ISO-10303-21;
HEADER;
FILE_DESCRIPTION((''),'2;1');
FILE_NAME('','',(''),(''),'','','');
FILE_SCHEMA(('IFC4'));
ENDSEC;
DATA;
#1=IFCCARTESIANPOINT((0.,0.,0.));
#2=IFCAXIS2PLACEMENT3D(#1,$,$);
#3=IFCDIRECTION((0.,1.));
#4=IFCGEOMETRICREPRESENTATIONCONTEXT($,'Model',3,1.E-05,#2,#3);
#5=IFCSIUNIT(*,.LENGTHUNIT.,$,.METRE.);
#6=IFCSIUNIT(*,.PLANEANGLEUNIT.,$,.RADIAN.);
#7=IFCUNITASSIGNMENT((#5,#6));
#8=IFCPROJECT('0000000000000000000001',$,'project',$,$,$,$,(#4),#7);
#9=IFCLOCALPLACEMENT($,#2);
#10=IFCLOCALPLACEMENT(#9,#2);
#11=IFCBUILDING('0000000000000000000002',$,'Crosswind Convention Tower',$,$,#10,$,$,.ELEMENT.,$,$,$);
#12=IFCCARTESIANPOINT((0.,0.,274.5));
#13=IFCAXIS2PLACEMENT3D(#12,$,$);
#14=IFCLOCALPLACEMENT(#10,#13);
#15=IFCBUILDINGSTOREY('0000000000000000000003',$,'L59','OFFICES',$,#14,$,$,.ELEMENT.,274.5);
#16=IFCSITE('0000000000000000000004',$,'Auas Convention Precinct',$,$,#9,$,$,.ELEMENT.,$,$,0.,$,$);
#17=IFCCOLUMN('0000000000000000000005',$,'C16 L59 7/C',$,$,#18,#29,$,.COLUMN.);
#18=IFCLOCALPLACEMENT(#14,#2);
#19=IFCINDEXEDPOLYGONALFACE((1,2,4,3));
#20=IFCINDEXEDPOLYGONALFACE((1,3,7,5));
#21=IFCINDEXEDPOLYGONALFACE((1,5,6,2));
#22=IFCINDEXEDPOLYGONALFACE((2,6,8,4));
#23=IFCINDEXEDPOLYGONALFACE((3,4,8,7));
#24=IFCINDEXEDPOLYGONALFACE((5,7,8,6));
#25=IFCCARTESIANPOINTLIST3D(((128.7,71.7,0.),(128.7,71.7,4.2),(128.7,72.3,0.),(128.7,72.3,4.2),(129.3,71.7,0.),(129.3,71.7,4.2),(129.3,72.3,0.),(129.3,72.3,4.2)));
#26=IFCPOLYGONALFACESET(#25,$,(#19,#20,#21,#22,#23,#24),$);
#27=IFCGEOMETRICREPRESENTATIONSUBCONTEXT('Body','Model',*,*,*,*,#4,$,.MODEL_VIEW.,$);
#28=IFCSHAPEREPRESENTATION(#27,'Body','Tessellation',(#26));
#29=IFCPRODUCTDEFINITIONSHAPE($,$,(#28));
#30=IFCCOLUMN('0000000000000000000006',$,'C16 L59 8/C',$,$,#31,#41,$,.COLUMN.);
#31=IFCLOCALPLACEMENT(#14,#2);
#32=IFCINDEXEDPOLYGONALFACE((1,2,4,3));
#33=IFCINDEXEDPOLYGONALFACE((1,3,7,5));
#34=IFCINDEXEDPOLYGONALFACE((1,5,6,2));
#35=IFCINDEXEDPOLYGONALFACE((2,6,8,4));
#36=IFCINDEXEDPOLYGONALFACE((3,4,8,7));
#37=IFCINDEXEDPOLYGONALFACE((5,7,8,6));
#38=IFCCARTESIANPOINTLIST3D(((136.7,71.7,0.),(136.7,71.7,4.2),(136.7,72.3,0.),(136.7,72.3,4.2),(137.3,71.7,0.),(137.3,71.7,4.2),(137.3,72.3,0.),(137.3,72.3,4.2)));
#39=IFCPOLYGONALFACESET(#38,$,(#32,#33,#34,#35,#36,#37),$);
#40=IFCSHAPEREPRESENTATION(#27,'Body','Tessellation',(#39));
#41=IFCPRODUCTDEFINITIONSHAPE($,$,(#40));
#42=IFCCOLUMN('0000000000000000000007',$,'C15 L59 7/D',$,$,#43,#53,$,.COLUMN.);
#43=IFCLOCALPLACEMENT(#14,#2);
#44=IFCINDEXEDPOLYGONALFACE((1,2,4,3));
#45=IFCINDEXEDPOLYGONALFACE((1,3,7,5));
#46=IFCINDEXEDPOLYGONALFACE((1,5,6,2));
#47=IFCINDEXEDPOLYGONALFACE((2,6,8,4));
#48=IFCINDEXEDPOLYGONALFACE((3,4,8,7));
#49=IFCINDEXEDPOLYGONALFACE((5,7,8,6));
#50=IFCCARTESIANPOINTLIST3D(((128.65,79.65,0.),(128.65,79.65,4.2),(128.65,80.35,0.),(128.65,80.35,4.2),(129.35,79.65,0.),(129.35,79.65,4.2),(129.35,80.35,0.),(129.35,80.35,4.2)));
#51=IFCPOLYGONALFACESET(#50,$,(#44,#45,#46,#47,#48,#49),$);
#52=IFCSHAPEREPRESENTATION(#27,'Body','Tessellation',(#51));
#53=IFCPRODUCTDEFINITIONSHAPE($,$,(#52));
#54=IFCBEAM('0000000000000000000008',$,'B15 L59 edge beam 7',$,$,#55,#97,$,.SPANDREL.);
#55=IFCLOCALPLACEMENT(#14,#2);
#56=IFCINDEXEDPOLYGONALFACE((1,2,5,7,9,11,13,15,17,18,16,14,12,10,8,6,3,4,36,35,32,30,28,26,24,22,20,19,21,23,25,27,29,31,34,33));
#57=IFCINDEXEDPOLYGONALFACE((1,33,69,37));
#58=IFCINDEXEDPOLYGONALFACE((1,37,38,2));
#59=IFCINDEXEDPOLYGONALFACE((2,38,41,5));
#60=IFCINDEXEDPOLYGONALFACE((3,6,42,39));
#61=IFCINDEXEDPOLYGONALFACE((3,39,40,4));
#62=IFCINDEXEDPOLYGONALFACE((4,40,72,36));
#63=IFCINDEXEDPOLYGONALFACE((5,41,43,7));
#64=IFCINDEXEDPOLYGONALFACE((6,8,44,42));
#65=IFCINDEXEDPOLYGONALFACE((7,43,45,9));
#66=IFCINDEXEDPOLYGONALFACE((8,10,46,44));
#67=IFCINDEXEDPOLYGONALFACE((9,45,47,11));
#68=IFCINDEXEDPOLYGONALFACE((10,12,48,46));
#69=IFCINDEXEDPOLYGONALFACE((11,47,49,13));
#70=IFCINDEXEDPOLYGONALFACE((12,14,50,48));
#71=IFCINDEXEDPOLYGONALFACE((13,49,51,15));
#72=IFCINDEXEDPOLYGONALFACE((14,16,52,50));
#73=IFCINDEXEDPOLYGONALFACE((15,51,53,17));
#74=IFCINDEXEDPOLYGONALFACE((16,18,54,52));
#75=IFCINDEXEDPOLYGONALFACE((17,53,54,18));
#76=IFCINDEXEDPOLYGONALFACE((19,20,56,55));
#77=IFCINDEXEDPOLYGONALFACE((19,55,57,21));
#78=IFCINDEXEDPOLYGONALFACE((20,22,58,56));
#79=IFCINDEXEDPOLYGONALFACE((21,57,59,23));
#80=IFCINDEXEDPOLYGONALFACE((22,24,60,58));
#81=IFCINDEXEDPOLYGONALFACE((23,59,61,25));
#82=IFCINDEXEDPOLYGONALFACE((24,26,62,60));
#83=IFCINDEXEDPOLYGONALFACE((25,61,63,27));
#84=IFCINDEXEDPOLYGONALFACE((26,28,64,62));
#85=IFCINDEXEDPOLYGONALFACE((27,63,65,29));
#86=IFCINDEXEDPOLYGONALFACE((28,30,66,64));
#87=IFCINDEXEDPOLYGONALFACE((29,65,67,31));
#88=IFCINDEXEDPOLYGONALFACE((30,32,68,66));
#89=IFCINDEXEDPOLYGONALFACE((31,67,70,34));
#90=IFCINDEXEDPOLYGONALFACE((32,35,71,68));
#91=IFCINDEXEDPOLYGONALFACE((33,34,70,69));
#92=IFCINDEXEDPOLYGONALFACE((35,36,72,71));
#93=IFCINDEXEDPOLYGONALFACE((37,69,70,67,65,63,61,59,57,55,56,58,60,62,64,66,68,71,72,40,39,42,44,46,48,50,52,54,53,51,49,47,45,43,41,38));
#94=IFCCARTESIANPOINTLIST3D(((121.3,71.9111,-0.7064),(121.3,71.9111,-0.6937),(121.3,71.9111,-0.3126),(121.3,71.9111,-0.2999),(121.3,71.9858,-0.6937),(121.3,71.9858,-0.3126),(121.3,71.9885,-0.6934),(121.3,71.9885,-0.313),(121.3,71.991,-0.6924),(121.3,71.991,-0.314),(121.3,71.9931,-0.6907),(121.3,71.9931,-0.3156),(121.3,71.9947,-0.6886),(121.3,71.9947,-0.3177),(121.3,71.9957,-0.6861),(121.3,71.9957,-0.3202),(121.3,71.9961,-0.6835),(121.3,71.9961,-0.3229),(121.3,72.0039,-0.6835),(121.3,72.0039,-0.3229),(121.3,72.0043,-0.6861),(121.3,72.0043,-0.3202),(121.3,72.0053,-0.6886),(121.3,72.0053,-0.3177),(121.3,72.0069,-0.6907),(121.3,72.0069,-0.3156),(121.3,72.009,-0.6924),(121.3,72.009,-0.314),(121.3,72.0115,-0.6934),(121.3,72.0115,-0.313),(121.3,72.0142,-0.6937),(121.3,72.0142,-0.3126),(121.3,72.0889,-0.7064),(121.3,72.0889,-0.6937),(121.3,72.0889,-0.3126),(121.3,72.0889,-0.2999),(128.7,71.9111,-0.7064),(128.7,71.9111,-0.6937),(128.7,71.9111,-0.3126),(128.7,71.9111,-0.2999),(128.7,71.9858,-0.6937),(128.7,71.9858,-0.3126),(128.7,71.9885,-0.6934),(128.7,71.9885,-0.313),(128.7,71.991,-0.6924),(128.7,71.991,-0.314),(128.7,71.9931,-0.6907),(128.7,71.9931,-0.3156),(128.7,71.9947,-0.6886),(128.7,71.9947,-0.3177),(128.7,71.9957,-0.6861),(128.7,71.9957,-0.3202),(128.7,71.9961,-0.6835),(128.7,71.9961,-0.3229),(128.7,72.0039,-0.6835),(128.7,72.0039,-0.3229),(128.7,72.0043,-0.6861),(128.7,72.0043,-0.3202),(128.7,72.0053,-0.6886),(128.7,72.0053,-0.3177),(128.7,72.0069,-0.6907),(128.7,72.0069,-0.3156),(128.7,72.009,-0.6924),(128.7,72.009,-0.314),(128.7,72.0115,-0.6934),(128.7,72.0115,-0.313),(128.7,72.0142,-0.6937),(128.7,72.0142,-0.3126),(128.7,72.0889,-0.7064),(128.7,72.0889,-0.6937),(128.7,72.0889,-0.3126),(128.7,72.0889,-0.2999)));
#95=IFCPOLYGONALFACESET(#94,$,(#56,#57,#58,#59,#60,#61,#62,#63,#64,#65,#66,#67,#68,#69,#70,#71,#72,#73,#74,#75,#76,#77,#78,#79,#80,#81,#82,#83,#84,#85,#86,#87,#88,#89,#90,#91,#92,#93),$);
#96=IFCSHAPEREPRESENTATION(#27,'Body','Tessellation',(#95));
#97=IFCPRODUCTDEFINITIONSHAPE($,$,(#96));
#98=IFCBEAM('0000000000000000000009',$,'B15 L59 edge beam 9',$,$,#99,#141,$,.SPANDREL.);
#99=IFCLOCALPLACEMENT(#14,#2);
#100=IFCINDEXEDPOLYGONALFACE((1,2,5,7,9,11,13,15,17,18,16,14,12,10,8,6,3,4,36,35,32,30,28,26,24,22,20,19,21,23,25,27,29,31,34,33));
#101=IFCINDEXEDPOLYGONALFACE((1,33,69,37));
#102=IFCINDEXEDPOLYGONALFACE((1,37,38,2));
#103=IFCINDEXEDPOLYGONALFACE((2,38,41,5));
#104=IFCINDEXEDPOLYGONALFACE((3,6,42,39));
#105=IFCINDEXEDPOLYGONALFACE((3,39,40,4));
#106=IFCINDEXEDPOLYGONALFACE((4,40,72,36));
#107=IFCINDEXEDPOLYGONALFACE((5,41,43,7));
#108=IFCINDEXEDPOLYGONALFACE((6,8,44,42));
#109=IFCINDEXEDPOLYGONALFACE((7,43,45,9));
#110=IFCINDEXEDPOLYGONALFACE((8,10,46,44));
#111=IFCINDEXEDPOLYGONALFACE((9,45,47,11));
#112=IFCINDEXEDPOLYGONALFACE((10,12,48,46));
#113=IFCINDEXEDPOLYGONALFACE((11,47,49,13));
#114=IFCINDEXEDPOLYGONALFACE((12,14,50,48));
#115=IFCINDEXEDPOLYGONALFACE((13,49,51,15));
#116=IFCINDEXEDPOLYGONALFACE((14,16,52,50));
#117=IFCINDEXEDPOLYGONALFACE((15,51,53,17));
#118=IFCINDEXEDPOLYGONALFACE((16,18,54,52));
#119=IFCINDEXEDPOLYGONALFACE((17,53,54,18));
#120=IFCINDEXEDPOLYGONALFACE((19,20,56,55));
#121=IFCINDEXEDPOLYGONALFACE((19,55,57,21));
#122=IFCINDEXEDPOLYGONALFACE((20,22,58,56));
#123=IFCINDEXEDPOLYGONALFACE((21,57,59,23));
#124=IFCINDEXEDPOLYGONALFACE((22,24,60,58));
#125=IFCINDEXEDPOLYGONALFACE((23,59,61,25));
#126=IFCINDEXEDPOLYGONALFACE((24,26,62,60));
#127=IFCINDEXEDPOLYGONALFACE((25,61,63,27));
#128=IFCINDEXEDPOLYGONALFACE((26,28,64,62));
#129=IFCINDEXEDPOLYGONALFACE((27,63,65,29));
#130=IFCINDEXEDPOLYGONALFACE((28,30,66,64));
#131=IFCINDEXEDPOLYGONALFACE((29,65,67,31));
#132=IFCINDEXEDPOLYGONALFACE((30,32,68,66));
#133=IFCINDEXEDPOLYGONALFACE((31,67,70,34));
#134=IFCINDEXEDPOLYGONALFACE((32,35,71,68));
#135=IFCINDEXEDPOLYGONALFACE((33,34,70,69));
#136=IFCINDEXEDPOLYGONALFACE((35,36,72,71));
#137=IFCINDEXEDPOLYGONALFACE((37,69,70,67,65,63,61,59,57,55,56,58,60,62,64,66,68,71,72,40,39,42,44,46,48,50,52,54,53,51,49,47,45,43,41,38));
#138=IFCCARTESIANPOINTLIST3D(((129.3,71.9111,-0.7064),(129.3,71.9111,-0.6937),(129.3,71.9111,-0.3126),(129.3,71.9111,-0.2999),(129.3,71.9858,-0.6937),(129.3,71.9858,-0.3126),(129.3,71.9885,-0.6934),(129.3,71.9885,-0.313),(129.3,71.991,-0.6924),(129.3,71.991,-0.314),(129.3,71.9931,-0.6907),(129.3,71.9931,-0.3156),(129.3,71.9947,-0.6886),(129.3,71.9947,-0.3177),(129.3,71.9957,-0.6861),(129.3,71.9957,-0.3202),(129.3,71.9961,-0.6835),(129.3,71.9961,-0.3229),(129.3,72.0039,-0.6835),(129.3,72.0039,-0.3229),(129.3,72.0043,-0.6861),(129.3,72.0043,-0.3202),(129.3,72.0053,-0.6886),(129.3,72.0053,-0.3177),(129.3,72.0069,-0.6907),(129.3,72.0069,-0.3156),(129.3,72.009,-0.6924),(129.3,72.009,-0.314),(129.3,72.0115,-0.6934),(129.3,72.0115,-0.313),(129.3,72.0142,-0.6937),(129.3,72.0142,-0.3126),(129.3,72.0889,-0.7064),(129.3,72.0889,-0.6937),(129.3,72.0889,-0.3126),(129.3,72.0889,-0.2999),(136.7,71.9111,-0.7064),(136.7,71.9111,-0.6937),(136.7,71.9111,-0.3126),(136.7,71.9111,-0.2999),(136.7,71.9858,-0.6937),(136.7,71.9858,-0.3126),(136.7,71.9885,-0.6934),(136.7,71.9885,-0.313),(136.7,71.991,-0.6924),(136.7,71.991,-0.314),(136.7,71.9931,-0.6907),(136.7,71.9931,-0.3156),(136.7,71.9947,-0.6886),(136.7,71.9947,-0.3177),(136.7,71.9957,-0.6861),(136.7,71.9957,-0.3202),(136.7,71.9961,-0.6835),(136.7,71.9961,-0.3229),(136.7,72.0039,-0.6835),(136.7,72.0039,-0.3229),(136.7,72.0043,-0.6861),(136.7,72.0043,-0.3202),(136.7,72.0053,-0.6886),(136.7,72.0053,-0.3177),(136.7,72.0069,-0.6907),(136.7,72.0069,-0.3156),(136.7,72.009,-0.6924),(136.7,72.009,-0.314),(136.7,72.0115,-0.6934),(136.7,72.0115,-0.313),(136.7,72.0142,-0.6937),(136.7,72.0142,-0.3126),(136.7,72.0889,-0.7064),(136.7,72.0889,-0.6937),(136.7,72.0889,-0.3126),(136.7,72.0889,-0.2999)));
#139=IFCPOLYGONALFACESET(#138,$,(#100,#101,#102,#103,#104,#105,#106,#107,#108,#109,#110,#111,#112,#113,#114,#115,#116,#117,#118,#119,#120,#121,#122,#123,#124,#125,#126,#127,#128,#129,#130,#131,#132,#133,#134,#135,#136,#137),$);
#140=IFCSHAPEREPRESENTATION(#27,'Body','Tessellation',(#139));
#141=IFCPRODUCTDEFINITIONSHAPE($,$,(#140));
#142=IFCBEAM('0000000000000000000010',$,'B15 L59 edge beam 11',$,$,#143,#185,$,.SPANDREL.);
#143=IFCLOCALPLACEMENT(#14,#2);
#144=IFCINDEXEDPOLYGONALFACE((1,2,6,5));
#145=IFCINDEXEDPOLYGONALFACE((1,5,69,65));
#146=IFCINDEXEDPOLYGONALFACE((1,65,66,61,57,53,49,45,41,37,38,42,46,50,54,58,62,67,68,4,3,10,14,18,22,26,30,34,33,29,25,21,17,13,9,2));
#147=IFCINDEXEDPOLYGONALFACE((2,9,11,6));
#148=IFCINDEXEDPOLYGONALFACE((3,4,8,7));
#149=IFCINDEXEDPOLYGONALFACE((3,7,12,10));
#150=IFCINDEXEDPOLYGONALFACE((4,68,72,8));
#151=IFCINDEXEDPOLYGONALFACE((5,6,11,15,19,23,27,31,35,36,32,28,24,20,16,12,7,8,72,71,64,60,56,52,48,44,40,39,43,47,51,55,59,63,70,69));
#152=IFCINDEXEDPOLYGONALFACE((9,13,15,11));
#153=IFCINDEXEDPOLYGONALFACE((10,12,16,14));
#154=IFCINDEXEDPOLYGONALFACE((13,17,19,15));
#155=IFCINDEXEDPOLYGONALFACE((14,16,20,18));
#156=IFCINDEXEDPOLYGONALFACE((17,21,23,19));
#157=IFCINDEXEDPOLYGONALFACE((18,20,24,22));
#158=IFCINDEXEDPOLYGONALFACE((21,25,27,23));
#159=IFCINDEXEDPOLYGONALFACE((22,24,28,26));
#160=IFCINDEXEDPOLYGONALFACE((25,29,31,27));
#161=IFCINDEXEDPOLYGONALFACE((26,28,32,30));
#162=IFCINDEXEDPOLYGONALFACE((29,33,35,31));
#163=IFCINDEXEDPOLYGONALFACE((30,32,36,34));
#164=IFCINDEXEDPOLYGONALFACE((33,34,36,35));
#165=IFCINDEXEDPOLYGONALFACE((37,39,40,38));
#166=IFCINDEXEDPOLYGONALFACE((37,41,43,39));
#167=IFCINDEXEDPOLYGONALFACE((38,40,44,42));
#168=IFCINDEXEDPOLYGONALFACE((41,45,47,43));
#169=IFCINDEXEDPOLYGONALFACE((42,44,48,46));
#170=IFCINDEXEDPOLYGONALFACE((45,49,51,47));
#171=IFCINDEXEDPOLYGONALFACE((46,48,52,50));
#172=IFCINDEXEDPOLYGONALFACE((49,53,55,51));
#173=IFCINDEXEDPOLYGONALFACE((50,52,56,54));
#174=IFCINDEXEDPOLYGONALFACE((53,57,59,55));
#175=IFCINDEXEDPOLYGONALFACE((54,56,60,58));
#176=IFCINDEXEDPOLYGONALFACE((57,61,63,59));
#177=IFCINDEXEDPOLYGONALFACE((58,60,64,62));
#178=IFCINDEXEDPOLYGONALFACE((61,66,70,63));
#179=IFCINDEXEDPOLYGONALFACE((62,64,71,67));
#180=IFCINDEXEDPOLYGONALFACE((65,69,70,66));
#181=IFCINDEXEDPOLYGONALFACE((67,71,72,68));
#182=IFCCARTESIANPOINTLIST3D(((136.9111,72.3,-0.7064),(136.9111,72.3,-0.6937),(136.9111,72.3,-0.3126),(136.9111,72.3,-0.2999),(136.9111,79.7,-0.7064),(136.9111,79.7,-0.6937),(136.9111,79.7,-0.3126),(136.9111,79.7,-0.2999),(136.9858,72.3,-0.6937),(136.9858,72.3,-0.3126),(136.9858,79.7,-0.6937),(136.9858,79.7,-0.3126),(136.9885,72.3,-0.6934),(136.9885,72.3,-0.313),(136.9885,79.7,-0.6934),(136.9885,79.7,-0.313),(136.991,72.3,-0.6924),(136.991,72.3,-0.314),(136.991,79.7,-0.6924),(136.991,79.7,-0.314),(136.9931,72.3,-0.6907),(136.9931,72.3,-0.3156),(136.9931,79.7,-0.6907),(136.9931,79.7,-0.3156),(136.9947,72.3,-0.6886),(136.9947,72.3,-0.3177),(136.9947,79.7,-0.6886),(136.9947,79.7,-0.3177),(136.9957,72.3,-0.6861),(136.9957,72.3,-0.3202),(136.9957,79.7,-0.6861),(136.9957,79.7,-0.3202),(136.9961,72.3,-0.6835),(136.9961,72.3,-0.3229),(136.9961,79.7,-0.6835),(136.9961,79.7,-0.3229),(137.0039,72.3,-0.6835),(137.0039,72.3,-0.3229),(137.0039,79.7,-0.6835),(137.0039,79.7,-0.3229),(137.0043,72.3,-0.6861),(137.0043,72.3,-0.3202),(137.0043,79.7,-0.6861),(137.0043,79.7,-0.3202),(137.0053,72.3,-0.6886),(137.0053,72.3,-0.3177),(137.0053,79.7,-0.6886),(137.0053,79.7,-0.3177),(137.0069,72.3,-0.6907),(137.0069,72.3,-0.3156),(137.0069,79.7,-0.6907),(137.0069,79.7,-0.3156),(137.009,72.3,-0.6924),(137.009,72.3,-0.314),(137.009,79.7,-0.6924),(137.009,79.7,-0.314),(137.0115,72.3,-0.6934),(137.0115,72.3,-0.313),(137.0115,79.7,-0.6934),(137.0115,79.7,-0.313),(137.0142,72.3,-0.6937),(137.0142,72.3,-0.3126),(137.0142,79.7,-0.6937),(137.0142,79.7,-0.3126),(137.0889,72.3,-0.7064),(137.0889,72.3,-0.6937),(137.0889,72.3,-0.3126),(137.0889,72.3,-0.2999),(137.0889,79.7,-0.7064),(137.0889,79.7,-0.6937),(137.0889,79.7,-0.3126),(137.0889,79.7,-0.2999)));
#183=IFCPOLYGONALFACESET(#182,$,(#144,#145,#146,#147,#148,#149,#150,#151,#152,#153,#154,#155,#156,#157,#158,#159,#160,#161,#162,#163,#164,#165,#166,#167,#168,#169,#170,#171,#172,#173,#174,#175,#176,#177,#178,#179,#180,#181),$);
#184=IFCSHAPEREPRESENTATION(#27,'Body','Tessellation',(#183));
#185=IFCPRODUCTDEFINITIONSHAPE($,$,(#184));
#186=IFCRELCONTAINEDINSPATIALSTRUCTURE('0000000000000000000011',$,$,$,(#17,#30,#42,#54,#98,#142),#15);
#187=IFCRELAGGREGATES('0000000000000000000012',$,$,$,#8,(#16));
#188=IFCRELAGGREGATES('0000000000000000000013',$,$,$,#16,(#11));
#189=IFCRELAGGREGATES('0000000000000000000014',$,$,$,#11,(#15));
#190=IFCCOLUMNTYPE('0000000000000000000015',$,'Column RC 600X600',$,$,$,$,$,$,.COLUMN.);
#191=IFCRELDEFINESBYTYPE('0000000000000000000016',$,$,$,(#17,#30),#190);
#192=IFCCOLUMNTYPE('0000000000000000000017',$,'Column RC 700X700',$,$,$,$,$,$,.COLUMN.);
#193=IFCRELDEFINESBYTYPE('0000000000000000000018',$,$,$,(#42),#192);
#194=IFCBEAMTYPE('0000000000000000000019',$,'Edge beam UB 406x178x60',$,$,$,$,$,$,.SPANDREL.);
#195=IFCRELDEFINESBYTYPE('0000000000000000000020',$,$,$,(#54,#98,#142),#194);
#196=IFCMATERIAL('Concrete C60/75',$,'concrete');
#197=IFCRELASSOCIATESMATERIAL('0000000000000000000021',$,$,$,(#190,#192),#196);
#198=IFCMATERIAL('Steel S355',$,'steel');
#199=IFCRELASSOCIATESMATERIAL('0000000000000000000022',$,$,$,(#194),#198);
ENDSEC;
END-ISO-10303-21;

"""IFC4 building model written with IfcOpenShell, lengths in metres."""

from ifc_helpers import new_model, si_unit, direction, frame, origin, origin_2d, place, context, subcontext, project, spatial, rectangle, i_section, extrude, material, material_profile, profile_set, type_object, element, save


model = new_model("IFC4")

# Units and contexts
model_context = context("Model", 3, precision=1e-05, world=origin(), true_north=direction((0.0, 1.0)))
body_context = subcontext(model_context, "Body", "Model", "MODEL_VIEW")
ifc_project = project(units=[si_unit("LENGTHUNIT", "METRE"), si_unit("PLANEANGLEUNIT", "RADIAN")], contexts=[model_context])

# Site, building, storey
site_placement = place(None, origin())
site = spatial("IfcSite", under=ifc_project, at=site_placement, Name="Auas Convention Precinct", CompositionType="ELEMENT", RefElevation=0.0)
building_placement = place(site_placement, origin())
building = spatial("IfcBuilding", under=site, at=building_placement, Name="Crosswind Convention Tower", CompositionType="ELEMENT")
storey_placement = place(building_placement, frame((0.0, 0.0, 274.5)))
storey = spatial("IfcBuildingStorey", under=building, at=storey_placement, Name="L59", Description="OFFICES", CompositionType="ELEMENT", Elevation=274.5)

# Columns
ifc_material_1 = material(Name="Concrete C60/75", Category="concrete")
ifc_material_profile_1 = material_profile(ifc_material_1, rectangle(XDim=0.6001, YDim=0.6001, at=origin_2d()), Name="RC 600X600")
ifc_profile_set_1 = profile_set([ifc_material_profile_1], Name="Concrete C60/75")
column_type_1 = type_object("IfcColumnType", Name="Column RC 600X600", PredefinedType="COLUMN", material=ifc_profile_set_1)
for number, where, z_axis, x_axis, name in (
    (1, (129.0, 72.0, 0.0), (0.0, 0.0, 1.0), (1.0, 0.0, 0.0), "C16 L59 7/C"),
    (2, (137.0, 72.0, 0.0), (0.0, 0.0, 1.0), (1.0, 0.0, 0.0), "C16 L59 8/C"),
):
    element("IfcColumn", number, at=place(storey_placement, frame(where, z_axis=z_axis, x_axis=x_axis)), inside=storey, type_object=column_type_1, Name=name, PredefinedType="COLUMN", context=body_context, shape_type="SweptSolid", body=[
        extrude(rectangle(XDim=0.6001, YDim=0.6001, at=origin_2d()), origin(), (0.0, 0.0, 1.0), 4.2),
    ])
ifc_material_profile_2 = material_profile(ifc_material_1, rectangle(XDim=0.7, YDim=0.7, at=origin_2d()), Name="RC 700X700")
ifc_profile_set_2 = profile_set([ifc_material_profile_2], Name="Concrete C60/75")
column_type_2 = type_object("IfcColumnType", Name="Column RC 700X700", PredefinedType="COLUMN", material=ifc_profile_set_2)
column_placement = place(storey_placement, frame((129.0, 80.0, 0.0), z_axis=(0.0, 0.0, 1.0), x_axis=(1.0, 0.0, 0.0)))
element("IfcColumn", 3, at=column_placement, inside=storey, type_object=column_type_2, Name="C15 L59 7/D", PredefinedType="COLUMN", context=body_context, shape_type="SweptSolid", body=[
    extrude(rectangle(XDim=0.7, YDim=0.7, at=origin_2d()), origin(), (0.0, 0.0, 1.0), 4.2),
])

# Beams
ifc_material_2 = material(Name="Steel S355", Category="steel")
ifc_material_profile_3 = material_profile(ifc_material_2, i_section(OverallWidth=0.1777, OverallDepth=0.4065, WebThickness=0.0078, FlangeThickness=0.0127, FilletRadius=0.0103, at=origin_2d()), Name="UB 406x178x60")
ifc_profile_set_3 = profile_set([ifc_material_profile_3], Name="Steel S355")
beam_type_1 = type_object("IfcBeamType", Name="Edge beam UB 406x178x60", PredefinedType="SPANDREL", material=ifc_profile_set_3)
for number, where, z_axis, x_axis, name in (
    (4, (121.3, 72.0, -0.5032), (1.0, 0.0, 0.0), (0.0, 1.0, 0.0), "B15 L59 edge beam 7"),
    (5, (129.3, 72.0, -0.5032), (1.0, 0.0, 0.0), (0.0, 1.0, 0.0), "B15 L59 edge beam 9"),
    (6, (137.0, 72.3, -0.5032), (0.0, 1.0, 0.0), (-1.0, 0.0, 0.0), "B15 L59 edge beam 11"),
):
    element("IfcBeam", number, at=place(storey_placement, frame(where, z_axis=z_axis, x_axis=x_axis)), inside=storey, type_object=beam_type_1, Name=name, PredefinedType="SPANDREL", context=body_context, shape_type="SweptSolid", body=[
        extrude(i_section(OverallWidth=0.1777, OverallDepth=0.4065, WebThickness=0.0078, FlangeThickness=0.0127, FilletRadius=0.0103, at=origin_2d()), origin(), (0.0, 0.0, 1.0), 7.3999),
    ])

save(model, "model.ifc")
